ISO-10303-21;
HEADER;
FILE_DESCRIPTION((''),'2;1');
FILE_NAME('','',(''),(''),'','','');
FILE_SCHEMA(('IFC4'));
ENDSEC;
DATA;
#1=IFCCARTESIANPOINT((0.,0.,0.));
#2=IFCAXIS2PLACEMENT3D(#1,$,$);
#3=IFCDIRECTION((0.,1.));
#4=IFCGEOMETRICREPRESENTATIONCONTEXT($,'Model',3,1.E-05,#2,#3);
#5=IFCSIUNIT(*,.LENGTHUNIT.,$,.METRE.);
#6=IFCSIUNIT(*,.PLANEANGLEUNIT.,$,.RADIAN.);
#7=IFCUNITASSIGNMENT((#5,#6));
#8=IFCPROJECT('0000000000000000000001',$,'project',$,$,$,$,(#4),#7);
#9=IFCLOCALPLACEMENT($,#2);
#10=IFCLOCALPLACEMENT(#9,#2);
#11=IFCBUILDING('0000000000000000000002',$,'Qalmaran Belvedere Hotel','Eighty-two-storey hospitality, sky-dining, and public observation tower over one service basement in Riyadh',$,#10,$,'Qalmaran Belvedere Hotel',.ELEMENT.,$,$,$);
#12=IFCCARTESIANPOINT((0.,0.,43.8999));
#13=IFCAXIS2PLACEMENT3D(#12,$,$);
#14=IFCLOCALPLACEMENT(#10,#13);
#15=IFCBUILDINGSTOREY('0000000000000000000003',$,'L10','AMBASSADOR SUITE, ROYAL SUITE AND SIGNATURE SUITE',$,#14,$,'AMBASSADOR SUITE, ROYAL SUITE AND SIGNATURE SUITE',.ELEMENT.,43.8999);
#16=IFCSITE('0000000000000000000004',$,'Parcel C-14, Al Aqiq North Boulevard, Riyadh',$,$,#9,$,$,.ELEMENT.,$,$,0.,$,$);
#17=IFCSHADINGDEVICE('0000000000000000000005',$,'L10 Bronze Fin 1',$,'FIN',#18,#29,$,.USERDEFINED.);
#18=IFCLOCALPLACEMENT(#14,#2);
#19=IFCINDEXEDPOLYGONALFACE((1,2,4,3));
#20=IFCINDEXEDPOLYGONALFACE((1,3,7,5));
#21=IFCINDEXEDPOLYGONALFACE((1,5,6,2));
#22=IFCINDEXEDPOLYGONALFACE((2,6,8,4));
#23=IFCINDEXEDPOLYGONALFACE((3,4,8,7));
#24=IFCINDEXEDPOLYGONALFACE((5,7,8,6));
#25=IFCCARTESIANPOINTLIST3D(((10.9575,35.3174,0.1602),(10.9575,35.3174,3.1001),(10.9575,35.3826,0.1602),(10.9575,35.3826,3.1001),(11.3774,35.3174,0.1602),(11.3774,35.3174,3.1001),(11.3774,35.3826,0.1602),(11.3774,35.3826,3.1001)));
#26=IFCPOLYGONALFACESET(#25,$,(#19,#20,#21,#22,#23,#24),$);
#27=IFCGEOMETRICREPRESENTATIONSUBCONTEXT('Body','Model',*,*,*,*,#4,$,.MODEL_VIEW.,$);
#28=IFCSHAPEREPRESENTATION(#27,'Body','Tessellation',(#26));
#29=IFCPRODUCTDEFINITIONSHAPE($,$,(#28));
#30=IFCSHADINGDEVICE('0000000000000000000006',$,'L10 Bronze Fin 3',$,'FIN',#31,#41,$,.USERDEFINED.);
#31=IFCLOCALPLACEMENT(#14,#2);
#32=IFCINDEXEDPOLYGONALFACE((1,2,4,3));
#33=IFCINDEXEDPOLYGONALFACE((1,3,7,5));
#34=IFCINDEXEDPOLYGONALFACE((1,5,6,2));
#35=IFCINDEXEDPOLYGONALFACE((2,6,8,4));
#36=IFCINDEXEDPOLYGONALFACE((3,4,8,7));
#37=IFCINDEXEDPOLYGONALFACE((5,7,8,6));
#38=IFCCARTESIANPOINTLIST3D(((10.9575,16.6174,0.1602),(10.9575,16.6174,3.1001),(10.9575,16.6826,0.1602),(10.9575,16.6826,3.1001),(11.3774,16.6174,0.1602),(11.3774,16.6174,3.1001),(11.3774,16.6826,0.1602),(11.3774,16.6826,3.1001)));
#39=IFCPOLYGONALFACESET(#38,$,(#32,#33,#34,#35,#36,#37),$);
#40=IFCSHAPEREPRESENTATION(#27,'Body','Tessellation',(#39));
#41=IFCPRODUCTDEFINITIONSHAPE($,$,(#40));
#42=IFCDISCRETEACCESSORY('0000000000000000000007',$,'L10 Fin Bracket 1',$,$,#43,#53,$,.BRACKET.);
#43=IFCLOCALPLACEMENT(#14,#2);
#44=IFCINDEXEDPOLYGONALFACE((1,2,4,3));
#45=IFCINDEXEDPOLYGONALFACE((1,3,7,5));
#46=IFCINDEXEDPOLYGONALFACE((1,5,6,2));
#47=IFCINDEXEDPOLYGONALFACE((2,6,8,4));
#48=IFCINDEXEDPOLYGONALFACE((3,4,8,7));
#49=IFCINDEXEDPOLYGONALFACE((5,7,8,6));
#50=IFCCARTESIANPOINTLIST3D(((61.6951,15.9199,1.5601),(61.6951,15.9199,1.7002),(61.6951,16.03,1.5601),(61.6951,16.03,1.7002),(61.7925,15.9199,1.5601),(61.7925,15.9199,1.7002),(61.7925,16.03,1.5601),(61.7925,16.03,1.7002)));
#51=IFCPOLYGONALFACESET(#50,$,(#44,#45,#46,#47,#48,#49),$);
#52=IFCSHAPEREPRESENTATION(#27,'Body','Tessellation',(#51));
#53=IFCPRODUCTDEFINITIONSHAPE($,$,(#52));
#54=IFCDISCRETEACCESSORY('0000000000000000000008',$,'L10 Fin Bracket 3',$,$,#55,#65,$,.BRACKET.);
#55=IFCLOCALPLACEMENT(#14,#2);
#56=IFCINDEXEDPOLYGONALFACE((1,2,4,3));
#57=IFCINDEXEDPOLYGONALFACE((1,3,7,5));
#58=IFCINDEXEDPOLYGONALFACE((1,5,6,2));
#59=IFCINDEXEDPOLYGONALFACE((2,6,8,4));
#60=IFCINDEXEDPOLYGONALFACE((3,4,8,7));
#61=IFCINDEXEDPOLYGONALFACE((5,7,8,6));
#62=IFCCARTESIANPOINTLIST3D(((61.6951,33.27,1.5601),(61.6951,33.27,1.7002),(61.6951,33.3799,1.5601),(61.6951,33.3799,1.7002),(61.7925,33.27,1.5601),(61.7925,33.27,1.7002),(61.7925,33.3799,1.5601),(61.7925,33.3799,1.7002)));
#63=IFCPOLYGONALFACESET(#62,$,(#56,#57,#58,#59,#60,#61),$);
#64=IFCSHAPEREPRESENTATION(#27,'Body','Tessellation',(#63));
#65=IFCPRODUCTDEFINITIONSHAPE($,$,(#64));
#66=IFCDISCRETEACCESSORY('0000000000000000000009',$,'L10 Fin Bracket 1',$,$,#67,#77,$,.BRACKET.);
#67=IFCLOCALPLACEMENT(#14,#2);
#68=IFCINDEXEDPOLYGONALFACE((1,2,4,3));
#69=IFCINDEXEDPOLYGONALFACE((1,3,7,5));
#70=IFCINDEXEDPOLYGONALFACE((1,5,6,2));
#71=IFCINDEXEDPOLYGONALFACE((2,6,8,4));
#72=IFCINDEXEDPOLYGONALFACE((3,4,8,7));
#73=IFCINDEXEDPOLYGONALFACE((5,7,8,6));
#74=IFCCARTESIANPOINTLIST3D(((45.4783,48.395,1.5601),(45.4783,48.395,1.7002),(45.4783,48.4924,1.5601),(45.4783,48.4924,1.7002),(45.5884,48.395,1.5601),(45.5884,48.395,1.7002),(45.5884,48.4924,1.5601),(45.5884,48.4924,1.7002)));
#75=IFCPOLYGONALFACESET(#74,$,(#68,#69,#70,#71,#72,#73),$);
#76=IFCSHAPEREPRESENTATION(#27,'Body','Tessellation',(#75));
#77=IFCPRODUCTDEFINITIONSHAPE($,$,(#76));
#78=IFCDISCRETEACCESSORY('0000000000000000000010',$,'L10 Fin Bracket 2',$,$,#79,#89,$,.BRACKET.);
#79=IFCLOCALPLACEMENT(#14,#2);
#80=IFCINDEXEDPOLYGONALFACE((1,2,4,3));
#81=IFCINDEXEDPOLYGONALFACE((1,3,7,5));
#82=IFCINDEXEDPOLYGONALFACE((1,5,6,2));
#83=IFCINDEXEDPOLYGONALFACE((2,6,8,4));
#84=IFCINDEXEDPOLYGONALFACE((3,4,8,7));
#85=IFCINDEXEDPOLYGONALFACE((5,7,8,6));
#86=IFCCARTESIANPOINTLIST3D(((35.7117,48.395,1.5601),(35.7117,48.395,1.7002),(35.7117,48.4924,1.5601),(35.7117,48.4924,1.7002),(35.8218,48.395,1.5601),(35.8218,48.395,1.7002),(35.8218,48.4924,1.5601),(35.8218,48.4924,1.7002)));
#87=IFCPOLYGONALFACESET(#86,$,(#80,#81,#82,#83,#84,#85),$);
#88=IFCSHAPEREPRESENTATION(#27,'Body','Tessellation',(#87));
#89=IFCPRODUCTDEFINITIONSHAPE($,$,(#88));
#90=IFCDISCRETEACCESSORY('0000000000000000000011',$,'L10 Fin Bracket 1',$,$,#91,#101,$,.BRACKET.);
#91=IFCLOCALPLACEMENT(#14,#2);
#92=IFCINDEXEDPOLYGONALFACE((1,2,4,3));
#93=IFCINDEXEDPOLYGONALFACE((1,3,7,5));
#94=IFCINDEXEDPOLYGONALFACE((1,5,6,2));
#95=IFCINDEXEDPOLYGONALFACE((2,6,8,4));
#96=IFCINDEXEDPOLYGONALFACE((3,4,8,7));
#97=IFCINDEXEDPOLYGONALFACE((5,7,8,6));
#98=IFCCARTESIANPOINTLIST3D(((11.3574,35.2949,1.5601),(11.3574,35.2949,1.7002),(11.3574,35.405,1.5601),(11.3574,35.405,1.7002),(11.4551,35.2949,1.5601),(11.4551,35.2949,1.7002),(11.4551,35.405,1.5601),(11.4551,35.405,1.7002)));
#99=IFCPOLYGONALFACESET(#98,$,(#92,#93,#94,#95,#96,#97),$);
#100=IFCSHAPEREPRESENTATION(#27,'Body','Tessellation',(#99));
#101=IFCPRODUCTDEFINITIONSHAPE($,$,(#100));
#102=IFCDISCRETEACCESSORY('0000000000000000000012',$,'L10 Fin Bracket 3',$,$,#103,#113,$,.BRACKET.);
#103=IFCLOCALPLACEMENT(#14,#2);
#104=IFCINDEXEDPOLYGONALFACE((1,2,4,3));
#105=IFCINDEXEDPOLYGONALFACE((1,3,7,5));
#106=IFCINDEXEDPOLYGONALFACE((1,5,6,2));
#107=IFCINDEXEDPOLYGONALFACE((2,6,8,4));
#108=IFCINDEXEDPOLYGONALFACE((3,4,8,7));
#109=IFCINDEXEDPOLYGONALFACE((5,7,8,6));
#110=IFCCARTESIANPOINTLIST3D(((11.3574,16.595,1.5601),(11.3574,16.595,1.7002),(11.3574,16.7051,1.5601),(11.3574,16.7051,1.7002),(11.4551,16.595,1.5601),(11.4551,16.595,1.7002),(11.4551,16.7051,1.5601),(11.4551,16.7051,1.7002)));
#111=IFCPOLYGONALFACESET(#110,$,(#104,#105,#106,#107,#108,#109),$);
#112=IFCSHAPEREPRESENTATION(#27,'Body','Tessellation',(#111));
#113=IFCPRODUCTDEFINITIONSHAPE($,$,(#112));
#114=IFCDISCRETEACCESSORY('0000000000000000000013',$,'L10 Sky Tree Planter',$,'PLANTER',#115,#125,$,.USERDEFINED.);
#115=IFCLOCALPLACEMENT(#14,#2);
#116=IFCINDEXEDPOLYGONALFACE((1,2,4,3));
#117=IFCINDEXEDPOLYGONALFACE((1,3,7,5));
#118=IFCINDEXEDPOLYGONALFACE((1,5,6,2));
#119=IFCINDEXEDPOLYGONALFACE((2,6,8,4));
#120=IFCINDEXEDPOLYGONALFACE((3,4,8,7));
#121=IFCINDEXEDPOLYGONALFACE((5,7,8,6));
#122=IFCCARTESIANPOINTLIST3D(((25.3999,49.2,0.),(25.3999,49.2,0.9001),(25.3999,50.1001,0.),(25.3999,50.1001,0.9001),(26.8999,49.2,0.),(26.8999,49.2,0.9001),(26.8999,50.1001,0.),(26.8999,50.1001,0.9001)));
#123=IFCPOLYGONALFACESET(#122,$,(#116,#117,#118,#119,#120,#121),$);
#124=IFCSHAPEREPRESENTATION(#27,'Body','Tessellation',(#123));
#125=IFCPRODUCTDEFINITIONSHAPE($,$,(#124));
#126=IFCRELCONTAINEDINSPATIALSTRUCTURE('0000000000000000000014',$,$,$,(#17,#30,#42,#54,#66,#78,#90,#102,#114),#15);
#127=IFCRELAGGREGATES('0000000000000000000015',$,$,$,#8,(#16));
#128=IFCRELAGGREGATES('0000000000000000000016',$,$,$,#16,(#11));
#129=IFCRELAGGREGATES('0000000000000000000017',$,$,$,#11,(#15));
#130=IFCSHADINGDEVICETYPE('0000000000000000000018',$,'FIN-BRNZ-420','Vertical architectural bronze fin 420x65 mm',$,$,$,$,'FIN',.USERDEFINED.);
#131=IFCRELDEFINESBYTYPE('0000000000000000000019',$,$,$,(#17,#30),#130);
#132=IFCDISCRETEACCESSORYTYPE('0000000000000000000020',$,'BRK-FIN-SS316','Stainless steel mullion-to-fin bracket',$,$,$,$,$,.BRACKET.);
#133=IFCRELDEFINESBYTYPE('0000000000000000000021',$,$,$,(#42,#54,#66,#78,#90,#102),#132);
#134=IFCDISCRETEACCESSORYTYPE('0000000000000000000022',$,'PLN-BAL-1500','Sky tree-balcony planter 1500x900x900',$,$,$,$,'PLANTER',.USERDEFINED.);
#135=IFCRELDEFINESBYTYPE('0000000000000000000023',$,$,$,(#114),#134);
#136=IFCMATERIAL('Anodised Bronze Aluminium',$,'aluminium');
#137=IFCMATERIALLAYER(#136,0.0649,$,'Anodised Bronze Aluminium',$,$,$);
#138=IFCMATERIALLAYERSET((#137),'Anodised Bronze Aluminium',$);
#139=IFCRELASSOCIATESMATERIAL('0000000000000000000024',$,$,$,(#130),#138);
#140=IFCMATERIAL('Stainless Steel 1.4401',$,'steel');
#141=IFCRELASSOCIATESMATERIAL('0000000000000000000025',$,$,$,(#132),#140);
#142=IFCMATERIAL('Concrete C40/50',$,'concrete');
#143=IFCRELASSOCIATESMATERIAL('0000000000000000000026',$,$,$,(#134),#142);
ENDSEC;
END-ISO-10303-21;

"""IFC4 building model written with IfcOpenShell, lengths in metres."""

from ifc_helpers import new_model, si_unit, direction, frame, origin, place, context, subcontext, project, spatial, polyline, outline, extrude, material, layer, layer_set, type_object, element, save


model = new_model("IFC4")

# Units and contexts
model_context = context("Model", 3, precision=1e-05, world=origin(), true_north=direction((0.0, 1.0)))
body_context = subcontext(model_context, "Body", "Model", "MODEL_VIEW")
ifc_project = project(units=[si_unit("LENGTHUNIT", "METRE"), si_unit("PLANEANGLEUNIT", "RADIAN")], contexts=[model_context])

# Site, building, storey
site_placement = place(None, origin())
site = spatial("IfcSite", under=ifc_project, at=site_placement, Name="Parcel C-14, Al Aqiq North Boulevard, Riyadh", CompositionType="ELEMENT", RefElevation=0.0)
building_placement = place(site_placement, origin())
building = spatial("IfcBuilding", under=site, at=building_placement, Name="Qalmaran Belvedere Hotel", Description="Eighty-two-storey hospitality, sky-dining, and public observation tower over one service basement in Riyadh", LongName="Qalmaran Belvedere Hotel", CompositionType="ELEMENT")
storey_placement = place(building_placement, frame((0.0, 0.0, 43.8999)))
storey = spatial("IfcBuildingStorey", under=building, at=storey_placement, Name="L10", Description="AMBASSADOR SUITE, ROYAL SUITE AND SIGNATURE SUITE", LongName="AMBASSADOR SUITE, ROYAL SUITE AND SIGNATURE SUITE", CompositionType="ELEMENT", Elevation=43.8999)

# Shared definitions
ifc_material_1 = material(Name="Anodised Bronze Aluminium", Category="aluminium")

# Shared definitions
ifc_material_2 = material(Name="Concrete C40/50", Category="concrete")

# Shading devices
ifc_layer_1 = layer(ifc_material_1, 0.0649, Name="Anodised Bronze Aluminium")
ifc_layer_set_1 = layer_set([ifc_layer_1], Name="Anodised Bronze Aluminium")
shading_device_type = type_object("IfcShadingDeviceType", Name="FIN-BRNZ-420", Description="Vertical architectural bronze fin 420x65 mm", ElementType="FIN", PredefinedType="USERDEFINED", material=ifc_layer_set_1)
shading_device_1_placement = place(storey_placement, frame((0.0, 0.0, 0.1602)))
element("IfcShadingDevice", 1, at=shading_device_1_placement, inside=storey, type_object=shading_device_type, Name="L10 Bronze Fin 1", ObjectType="FIN", PredefinedType="USERDEFINED", context=body_context, shape_type="SweptSolid", body=[
    extrude(outline(polyline([(11.3774, 35.3826), (10.9575, 35.3826), (10.9575, 35.3174), (11.3774, 35.3174), (11.3774, 35.3826)])), origin(), (0.0, 0.0, 1.0), 2.9399),
])
shading_device_2_placement = place(storey_placement, frame((0.0, 0.0, 0.1602)))
element("IfcShadingDevice", 2, at=shading_device_2_placement, inside=storey, type_object=shading_device_type, Name="L10 Bronze Fin 3", ObjectType="FIN", PredefinedType="USERDEFINED", context=body_context, shape_type="SweptSolid", body=[
    extrude(outline(polyline([(11.3774, 16.6826), (10.9575, 16.6826), (10.9575, 16.6174), (11.3774, 16.6174), (11.3774, 16.6826)])), origin(), (0.0, 0.0, 1.0), 2.9399),
])

# Discrete accessories
ifc_material_3 = material(Name="Stainless Steel 1.4401", Category="steel")
discrete_accessory_type_1 = type_object("IfcDiscreteAccessoryType", Name="BRK-FIN-SS316", Description="Stainless steel mullion-to-fin bracket", PredefinedType="BRACKET", material=ifc_material_3)
discrete_accessory_1_placement = place(storey_placement, frame((0.0, 0.0, 1.5601)))
element("IfcDiscreteAccessory", 3, at=discrete_accessory_1_placement, inside=storey, type_object=discrete_accessory_type_1, Name="L10 Fin Bracket 1", PredefinedType="BRACKET", context=body_context, shape_type="SweptSolid", body=[
    extrude(outline(polyline([(61.6951, 15.9199), (61.7925, 15.9199), (61.7925, 16.03), (61.6951, 16.03), (61.6951, 15.9199)])), origin(), (0.0, 0.0, 1.0), 0.1401),
])
discrete_accessory_2_placement = place(storey_placement, frame((0.0, 0.0, 1.5601)))
element("IfcDiscreteAccessory", 4, at=discrete_accessory_2_placement, inside=storey, type_object=discrete_accessory_type_1, Name="L10 Fin Bracket 3", PredefinedType="BRACKET", context=body_context, shape_type="SweptSolid", body=[
    extrude(outline(polyline([(61.6951, 33.27), (61.7925, 33.27), (61.7925, 33.3799), (61.6951, 33.3799), (61.6951, 33.27)])), origin(), (0.0, 0.0, 1.0), 0.1401),
])
discrete_accessory_3_placement = place(storey_placement, frame((0.0, 0.0, 1.5601)))
element("IfcDiscreteAccessory", 5, at=discrete_accessory_3_placement, inside=storey, type_object=discrete_accessory_type_1, Name="L10 Fin Bracket 1", PredefinedType="BRACKET", context=body_context, shape_type="SweptSolid", body=[
    extrude(outline(polyline([(45.5884, 48.395), (45.5884, 48.4924), (45.4783, 48.4924), (45.4783, 48.395), (45.5884, 48.395)])), origin(), (0.0, 0.0, 1.0), 0.1401),
])
discrete_accessory_4_placement = place(storey_placement, frame((0.0, 0.0, 1.5601)))
element("IfcDiscreteAccessory", 6, at=discrete_accessory_4_placement, inside=storey, type_object=discrete_accessory_type_1, Name="L10 Fin Bracket 2", PredefinedType="BRACKET", context=body_context, shape_type="SweptSolid", body=[
    extrude(outline(polyline([(35.8218, 48.395), (35.8218, 48.4924), (35.7117, 48.4924), (35.7117, 48.395), (35.8218, 48.395)])), origin(), (0.0, 0.0, 1.0), 0.1401),
])
discrete_accessory_5_placement = place(storey_placement, frame((0.0, 0.0, 1.5601)))
element("IfcDiscreteAccessory", 7, at=discrete_accessory_5_placement, inside=storey, type_object=discrete_accessory_type_1, Name="L10 Fin Bracket 1", PredefinedType="BRACKET", context=body_context, shape_type="SweptSolid", body=[
    extrude(outline(polyline([(11.4551, 35.405), (11.3574, 35.405), (11.3574, 35.2949), (11.4551, 35.2949), (11.4551, 35.405)])), origin(), (0.0, 0.0, 1.0), 0.1401),
])
discrete_accessory_6_placement = place(storey_placement, frame((0.0, 0.0, 1.5601)))
element("IfcDiscreteAccessory", 8, at=discrete_accessory_6_placement, inside=storey, type_object=discrete_accessory_type_1, Name="L10 Fin Bracket 3", PredefinedType="BRACKET", context=body_context, shape_type="SweptSolid", body=[
    extrude(outline(polyline([(11.4551, 16.7051), (11.3574, 16.7051), (11.3574, 16.595), (11.4551, 16.595), (11.4551, 16.7051)])), origin(), (0.0, 0.0, 1.0), 0.1401),
])
discrete_accessory_type_2 = type_object("IfcDiscreteAccessoryType", Name="PLN-BAL-1500", Description="Sky tree-balcony planter 1500x900x900", ElementType="PLANTER", PredefinedType="USERDEFINED", material=ifc_material_2)
discrete_accessory_7_placement = place(storey_placement, origin())
element("IfcDiscreteAccessory", 9, at=discrete_accessory_7_placement, inside=storey, type_object=discrete_accessory_type_2, Name="L10 Sky Tree Planter", ObjectType="PLANTER", PredefinedType="USERDEFINED", context=body_context, shape_type="SweptSolid", body=[
    extrude(outline(polyline([(25.3999, 49.2), (26.8999, 49.2), (26.8999, 50.1001), (25.3999, 50.1001), (25.3999, 49.2)])), origin(), (0.0, 0.0, 1.0), 0.9001),
])

save(model, "model.ifc")
